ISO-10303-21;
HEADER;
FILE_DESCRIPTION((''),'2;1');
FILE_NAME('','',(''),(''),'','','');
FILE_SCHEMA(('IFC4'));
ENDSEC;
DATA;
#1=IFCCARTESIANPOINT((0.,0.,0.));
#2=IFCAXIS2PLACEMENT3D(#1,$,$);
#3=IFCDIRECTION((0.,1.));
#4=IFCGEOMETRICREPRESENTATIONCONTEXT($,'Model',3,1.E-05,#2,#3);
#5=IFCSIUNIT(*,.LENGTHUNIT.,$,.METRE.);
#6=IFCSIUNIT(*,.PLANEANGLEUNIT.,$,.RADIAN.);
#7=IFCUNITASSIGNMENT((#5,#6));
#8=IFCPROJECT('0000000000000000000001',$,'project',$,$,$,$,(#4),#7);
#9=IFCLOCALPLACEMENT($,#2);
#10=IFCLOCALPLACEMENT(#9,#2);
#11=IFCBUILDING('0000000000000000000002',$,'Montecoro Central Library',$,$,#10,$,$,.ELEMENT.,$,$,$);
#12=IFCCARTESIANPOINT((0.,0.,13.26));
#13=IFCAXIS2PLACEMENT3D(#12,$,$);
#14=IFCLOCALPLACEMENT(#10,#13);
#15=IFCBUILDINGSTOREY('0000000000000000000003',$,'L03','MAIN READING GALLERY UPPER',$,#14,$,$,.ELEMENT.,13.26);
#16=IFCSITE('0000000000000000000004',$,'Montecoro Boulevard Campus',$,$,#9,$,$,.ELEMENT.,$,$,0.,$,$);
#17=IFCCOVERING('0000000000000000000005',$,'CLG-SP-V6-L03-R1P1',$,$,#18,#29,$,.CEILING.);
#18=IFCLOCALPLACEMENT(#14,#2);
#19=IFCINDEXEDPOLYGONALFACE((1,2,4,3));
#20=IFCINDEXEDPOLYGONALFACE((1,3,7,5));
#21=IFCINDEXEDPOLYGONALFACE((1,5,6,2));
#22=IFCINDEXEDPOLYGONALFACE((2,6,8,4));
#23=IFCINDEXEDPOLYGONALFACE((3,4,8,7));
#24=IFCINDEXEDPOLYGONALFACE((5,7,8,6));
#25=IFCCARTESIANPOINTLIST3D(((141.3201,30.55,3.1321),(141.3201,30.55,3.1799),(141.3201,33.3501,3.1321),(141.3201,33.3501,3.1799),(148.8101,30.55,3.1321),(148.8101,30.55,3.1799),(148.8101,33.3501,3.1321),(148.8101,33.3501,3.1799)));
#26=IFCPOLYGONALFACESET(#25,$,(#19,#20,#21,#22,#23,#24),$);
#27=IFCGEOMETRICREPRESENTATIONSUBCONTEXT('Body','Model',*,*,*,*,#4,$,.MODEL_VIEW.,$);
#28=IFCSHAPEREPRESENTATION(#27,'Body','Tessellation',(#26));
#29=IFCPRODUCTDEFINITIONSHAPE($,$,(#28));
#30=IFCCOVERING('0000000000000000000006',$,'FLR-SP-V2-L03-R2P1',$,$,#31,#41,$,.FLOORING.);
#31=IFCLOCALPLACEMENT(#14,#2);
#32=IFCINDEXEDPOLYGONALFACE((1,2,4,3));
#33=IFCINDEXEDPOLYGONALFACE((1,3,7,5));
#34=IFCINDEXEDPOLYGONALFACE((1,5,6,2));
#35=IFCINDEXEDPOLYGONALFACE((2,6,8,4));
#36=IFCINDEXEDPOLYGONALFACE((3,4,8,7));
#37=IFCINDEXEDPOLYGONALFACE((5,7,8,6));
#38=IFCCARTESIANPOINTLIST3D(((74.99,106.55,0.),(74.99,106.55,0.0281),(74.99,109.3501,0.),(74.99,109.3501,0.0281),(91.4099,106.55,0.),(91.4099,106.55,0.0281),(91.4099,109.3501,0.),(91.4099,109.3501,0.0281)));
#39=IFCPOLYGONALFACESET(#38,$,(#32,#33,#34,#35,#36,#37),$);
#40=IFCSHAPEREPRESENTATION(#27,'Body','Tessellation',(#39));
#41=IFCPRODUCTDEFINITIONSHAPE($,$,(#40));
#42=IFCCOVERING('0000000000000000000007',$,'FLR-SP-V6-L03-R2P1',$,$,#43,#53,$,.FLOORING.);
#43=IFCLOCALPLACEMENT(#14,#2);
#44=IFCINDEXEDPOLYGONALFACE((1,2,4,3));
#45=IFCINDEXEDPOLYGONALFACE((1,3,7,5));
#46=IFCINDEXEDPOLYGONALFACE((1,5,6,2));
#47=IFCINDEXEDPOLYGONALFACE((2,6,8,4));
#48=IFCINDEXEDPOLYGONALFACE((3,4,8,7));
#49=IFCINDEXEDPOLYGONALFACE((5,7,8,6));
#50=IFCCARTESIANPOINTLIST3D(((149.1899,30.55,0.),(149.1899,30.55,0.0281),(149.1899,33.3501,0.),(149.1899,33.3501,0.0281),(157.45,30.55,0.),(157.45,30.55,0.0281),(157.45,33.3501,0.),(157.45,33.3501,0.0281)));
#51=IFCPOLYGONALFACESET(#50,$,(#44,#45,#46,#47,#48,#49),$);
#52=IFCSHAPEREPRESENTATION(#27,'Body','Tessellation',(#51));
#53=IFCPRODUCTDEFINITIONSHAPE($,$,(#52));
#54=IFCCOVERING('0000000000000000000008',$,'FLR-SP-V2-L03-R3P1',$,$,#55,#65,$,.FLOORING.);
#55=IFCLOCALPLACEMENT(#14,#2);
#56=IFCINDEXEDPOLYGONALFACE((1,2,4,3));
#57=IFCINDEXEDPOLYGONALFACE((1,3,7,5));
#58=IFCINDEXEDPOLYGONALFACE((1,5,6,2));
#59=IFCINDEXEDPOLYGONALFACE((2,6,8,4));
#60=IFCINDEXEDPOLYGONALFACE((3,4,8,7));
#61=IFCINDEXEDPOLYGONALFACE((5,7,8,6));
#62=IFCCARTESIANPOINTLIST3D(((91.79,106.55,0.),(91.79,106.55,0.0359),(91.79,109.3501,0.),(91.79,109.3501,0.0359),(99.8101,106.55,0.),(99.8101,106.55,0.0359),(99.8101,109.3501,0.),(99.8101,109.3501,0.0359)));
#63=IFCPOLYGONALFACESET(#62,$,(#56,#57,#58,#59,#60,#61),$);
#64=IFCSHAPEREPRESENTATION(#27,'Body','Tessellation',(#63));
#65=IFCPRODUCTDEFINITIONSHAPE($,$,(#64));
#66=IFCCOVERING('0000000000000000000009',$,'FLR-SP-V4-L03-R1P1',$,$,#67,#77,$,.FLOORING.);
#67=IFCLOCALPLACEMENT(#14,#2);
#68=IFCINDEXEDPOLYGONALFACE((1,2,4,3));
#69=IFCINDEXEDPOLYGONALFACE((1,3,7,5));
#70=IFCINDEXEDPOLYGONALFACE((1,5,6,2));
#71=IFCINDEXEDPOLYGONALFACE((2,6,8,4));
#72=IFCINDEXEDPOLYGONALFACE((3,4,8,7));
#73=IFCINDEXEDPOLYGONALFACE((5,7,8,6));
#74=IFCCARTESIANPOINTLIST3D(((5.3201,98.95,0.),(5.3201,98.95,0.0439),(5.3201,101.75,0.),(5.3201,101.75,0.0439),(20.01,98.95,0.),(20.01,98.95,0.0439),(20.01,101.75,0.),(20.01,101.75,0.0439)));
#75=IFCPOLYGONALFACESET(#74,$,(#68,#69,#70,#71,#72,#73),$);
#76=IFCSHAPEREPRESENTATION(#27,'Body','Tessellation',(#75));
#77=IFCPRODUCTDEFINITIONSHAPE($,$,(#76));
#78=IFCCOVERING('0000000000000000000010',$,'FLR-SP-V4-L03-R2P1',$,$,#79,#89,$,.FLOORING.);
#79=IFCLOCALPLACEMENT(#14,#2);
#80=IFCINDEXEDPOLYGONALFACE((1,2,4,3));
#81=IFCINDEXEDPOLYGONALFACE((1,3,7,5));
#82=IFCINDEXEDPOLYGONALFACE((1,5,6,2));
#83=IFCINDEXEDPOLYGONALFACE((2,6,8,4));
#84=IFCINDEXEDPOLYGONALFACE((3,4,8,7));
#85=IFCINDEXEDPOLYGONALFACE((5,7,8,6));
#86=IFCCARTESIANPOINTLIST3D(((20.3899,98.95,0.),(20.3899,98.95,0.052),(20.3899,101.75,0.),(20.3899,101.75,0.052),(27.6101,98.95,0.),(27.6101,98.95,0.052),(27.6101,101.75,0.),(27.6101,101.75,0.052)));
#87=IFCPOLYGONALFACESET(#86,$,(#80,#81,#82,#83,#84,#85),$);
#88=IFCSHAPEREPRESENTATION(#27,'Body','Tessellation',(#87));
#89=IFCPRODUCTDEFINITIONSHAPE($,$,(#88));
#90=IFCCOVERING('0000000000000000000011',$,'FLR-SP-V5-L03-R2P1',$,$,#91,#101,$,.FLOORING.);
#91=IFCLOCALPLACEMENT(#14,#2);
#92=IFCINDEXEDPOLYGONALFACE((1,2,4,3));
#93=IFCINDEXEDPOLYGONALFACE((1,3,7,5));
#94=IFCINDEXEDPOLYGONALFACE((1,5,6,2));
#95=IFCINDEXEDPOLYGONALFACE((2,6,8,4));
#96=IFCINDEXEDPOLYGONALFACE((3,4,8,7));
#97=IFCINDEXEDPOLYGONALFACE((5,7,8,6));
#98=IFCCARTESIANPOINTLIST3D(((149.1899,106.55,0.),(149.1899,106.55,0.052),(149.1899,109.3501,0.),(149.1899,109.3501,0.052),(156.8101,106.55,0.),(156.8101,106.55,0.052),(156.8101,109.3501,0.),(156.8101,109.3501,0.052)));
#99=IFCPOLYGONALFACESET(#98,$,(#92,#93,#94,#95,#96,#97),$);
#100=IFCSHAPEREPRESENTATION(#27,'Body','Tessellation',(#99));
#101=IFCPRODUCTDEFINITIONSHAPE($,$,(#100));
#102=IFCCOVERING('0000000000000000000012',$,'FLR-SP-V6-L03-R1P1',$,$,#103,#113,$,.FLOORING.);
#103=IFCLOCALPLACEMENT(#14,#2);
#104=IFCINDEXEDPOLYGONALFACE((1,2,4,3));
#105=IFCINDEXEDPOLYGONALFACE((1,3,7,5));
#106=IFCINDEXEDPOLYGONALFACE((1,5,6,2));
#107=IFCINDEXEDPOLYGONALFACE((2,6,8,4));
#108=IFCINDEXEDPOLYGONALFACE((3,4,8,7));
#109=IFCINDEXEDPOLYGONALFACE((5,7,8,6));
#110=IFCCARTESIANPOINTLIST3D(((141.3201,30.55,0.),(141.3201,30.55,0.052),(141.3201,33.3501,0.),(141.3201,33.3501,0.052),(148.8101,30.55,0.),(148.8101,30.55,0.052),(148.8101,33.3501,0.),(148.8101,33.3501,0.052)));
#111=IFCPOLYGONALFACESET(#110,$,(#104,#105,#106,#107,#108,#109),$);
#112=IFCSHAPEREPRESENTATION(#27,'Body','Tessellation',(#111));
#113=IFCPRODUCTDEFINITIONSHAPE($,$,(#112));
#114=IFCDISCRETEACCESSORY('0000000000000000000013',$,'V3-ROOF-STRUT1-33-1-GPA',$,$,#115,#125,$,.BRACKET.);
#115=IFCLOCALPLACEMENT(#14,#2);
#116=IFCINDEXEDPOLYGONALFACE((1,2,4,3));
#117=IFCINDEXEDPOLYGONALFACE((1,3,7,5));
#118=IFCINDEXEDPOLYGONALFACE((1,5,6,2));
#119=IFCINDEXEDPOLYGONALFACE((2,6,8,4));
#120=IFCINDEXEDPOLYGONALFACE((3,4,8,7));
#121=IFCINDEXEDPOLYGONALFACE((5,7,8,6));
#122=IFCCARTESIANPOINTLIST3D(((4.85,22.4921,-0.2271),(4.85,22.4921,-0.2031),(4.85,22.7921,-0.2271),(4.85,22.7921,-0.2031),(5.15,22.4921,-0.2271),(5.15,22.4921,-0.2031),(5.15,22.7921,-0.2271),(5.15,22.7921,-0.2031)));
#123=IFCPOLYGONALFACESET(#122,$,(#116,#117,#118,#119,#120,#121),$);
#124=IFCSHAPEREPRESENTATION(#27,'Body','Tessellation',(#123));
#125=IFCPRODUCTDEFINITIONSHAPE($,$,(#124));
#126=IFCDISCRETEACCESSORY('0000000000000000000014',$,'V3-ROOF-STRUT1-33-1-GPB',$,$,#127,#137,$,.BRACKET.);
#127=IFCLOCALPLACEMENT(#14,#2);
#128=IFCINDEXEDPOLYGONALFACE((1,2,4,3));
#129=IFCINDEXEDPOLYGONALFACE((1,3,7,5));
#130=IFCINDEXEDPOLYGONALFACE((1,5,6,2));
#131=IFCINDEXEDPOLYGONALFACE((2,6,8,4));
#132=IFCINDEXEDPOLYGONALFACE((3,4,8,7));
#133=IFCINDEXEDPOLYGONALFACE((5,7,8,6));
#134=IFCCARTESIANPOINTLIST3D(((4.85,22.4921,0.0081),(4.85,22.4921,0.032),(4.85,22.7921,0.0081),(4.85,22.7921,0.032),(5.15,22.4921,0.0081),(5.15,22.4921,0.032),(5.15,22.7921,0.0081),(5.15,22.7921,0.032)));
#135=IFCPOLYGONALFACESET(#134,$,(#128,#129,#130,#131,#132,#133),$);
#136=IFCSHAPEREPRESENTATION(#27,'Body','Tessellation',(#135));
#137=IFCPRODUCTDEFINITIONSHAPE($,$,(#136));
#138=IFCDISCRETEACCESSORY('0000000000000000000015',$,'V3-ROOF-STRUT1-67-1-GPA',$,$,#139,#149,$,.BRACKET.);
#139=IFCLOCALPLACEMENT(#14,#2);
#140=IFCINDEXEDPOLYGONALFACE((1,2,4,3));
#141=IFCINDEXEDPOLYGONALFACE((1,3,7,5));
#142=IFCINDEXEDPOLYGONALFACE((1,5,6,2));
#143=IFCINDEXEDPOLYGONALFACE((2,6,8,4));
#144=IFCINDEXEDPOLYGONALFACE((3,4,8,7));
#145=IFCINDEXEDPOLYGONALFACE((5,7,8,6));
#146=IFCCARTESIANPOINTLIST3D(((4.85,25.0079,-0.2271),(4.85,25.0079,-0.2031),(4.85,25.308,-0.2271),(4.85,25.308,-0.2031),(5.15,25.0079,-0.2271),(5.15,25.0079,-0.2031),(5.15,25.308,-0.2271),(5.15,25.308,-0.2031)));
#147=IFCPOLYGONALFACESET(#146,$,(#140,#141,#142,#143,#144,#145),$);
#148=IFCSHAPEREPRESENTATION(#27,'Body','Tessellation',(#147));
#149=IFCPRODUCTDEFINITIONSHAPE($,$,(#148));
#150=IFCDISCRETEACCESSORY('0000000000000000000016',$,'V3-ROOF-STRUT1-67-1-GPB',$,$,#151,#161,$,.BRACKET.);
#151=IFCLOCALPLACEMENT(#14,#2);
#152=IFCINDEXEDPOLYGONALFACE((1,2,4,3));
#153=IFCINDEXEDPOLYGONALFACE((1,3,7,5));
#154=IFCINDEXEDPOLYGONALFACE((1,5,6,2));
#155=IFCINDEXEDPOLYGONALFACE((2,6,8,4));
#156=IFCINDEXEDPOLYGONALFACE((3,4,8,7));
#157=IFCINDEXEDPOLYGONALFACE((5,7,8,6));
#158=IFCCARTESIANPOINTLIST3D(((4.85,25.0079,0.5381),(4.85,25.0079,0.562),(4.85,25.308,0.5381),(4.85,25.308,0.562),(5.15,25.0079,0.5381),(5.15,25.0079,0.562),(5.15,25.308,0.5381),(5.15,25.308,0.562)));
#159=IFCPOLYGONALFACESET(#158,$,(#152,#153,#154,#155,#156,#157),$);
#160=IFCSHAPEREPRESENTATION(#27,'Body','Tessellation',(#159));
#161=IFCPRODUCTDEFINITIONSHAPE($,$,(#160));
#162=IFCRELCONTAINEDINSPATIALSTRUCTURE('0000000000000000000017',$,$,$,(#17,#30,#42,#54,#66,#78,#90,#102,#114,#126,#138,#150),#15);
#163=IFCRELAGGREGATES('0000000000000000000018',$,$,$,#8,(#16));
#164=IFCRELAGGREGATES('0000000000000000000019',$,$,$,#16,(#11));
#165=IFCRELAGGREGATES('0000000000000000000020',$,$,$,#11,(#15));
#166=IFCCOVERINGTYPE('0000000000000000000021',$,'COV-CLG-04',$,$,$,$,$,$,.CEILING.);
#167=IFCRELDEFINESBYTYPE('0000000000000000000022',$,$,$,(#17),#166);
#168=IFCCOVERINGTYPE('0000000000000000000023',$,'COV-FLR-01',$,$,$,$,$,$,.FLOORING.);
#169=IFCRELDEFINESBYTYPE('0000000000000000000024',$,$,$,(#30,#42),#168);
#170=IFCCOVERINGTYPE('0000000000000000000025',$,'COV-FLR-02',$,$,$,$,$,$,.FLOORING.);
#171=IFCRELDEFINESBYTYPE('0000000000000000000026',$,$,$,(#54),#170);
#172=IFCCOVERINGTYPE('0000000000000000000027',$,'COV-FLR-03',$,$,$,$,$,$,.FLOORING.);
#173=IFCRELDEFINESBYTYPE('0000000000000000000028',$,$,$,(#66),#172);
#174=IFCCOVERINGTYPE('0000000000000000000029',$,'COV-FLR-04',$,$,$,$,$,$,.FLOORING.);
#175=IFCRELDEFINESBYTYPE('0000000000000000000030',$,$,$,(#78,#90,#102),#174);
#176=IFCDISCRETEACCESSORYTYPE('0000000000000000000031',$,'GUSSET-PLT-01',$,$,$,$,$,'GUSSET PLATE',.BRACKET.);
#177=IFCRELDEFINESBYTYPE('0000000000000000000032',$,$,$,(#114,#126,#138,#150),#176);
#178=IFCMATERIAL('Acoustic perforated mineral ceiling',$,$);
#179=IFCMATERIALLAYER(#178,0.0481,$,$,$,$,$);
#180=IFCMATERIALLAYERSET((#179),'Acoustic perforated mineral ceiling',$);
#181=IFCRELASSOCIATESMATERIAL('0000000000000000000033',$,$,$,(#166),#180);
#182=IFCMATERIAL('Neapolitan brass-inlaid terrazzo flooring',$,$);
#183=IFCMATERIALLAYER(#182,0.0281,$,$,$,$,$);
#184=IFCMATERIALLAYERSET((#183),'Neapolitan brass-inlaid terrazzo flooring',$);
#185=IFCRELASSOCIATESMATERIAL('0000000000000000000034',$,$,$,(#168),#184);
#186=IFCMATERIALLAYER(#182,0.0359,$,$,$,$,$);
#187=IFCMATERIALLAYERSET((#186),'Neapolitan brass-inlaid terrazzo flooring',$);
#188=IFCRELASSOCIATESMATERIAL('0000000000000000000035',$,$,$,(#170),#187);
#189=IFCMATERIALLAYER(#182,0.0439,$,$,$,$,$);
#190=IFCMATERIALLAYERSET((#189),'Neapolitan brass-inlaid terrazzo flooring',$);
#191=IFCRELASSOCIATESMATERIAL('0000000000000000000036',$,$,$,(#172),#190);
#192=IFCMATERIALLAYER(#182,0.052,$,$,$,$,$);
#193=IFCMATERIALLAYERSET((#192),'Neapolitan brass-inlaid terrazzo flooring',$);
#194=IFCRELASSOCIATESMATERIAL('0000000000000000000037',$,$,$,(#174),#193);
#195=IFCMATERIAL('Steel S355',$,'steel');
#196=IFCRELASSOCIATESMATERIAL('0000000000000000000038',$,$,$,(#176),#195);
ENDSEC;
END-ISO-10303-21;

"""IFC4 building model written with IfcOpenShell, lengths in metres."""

from ifc_helpers import new_model, si_unit, direction, frame, origin, origin_2d, place, context, subcontext, project, spatial, polyline, rectangle, outline, extrude, material, layer, layer_set, type_object, element, save


model = new_model("IFC4")

# Units and contexts
model_context = context("Model", 3, precision=1e-05, world=origin(), true_north=direction((0.0, 1.0)))
body_context = subcontext(model_context, "Body", "Model", "MODEL_VIEW")
ifc_project = project(units=[si_unit("LENGTHUNIT", "METRE"), si_unit("PLANEANGLEUNIT", "RADIAN")], contexts=[model_context])

# Site, building, storey
site_placement = place(None, origin())
site = spatial("IfcSite", under=ifc_project, at=site_placement, Name="Montecoro Boulevard Campus", CompositionType="ELEMENT", RefElevation=0.0)
building_placement = place(site_placement, origin())
building = spatial("IfcBuilding", under=site, at=building_placement, Name="Montecoro Central Library", CompositionType="ELEMENT")
storey_placement = place(building_placement, frame((0.0, 0.0, 13.26)))
storey = spatial("IfcBuildingStorey", under=building, at=storey_placement, Name="L03", Description="MAIN READING GALLERY UPPER", CompositionType="ELEMENT", Elevation=13.26)

# Shared definitions
ifc_material_1 = material(Name="Steel S355", Category="steel")

# Coverings
ifc_material_2 = material(Name="Acoustic perforated mineral ceiling")
ifc_layer_1 = layer(ifc_material_2, 0.0481)
ifc_layer_set_1 = layer_set([ifc_layer_1], Name="Acoustic perforated mineral ceiling")
covering_type_1 = type_object("IfcCoveringType", Name="COV-CLG-04", PredefinedType="CEILING", material=ifc_layer_set_1)
covering_1_placement = place(storey_placement, frame((0.0, 0.0, 3.1321)))
element("IfcCovering", 1, at=covering_1_placement, inside=storey, type_object=covering_type_1, Name="CLG-SP-V6-L03-R1P1", PredefinedType="CEILING", context=body_context, shape_type="SweptSolid", body=[
    extrude(outline(polyline([(141.3201, 30.55), (148.8101, 30.55), (148.8101, 33.3501), (141.3201, 33.3501), (141.3201, 30.55)])), origin(), (0.0, 0.0, 1.0), 0.0479),
])
ifc_material_3 = material(Name="Neapolitan brass-inlaid terrazzo flooring")
ifc_layer_2 = layer(ifc_material_3, 0.0281)
ifc_layer_set_2 = layer_set([ifc_layer_2], Name="Neapolitan brass-inlaid terrazzo flooring")
covering_type_2 = type_object("IfcCoveringType", Name="COV-FLR-01", PredefinedType="FLOORING", material=ifc_layer_set_2)
covering_2_placement = place(storey_placement, origin())
element("IfcCovering", 2, at=covering_2_placement, inside=storey, type_object=covering_type_2, Name="FLR-SP-V2-L03-R2P1", PredefinedType="FLOORING", context=body_context, shape_type="SweptSolid", body=[
    extrude(outline(polyline([(74.99, 106.55), (91.4099, 106.55), (91.4099, 109.3501), (74.99, 109.3501), (74.99, 106.55)])), origin(), (0.0, 0.0, 1.0), 0.0281),
])
covering_3_placement = place(storey_placement, origin())
element("IfcCovering", 3, at=covering_3_placement, inside=storey, type_object=covering_type_2, Name="FLR-SP-V6-L03-R2P1", PredefinedType="FLOORING", context=body_context, shape_type="SweptSolid", body=[
    extrude(outline(polyline([(149.1899, 30.55), (157.45, 30.55), (157.45, 33.3501), (149.1899, 33.3501), (149.1899, 30.55)])), origin(), (0.0, 0.0, 1.0), 0.0281),
])
ifc_layer_3 = layer(ifc_material_3, 0.0359)
ifc_layer_set_3 = layer_set([ifc_layer_3], Name="Neapolitan brass-inlaid terrazzo flooring")
covering_type_3 = type_object("IfcCoveringType", Name="COV-FLR-02", PredefinedType="FLOORING", material=ifc_layer_set_3)
covering_4_placement = place(storey_placement, origin())
element("IfcCovering", 4, at=covering_4_placement, inside=storey, type_object=covering_type_3, Name="FLR-SP-V2-L03-R3P1", PredefinedType="FLOORING", context=body_context, shape_type="SweptSolid", body=[
    extrude(outline(polyline([(91.79, 106.55), (99.8101, 106.55), (99.8101, 109.3501), (91.79, 109.3501), (91.79, 106.55)])), origin(), (0.0, 0.0, 1.0), 0.0359),
])
ifc_layer_4 = layer(ifc_material_3, 0.0439)
ifc_layer_set_4 = layer_set([ifc_layer_4], Name="Neapolitan brass-inlaid terrazzo flooring")
covering_type_4 = type_object("IfcCoveringType", Name="COV-FLR-03", PredefinedType="FLOORING", material=ifc_layer_set_4)
covering_5_placement = place(storey_placement, origin())
element("IfcCovering", 5, at=covering_5_placement, inside=storey, type_object=covering_type_4, Name="FLR-SP-V4-L03-R1P1", PredefinedType="FLOORING", context=body_context, shape_type="SweptSolid", body=[
    extrude(outline(polyline([(5.3201, 98.95), (20.01, 98.95), (20.01, 101.75), (5.3201, 101.75), (5.3201, 98.95)])), origin(), (0.0, 0.0, 1.0), 0.0439),
])
ifc_layer_5 = layer(ifc_material_3, 0.052)
ifc_layer_set_5 = layer_set([ifc_layer_5], Name="Neapolitan brass-inlaid terrazzo flooring")
covering_type_5 = type_object("IfcCoveringType", Name="COV-FLR-04", PredefinedType="FLOORING", material=ifc_layer_set_5)
covering_6_placement = place(storey_placement, origin())
element("IfcCovering", 6, at=covering_6_placement, inside=storey, type_object=covering_type_5, Name="FLR-SP-V4-L03-R2P1", PredefinedType="FLOORING", context=body_context, shape_type="SweptSolid", body=[
    extrude(outline(polyline([(20.3899, 98.95), (27.6101, 98.95), (27.6101, 101.75), (20.3899, 101.75), (20.3899, 98.95)])), origin(), (0.0, 0.0, 1.0), 0.052),
])
covering_7_placement = place(storey_placement, origin())
element("IfcCovering", 7, at=covering_7_placement, inside=storey, type_object=covering_type_5, Name="FLR-SP-V5-L03-R2P1", PredefinedType="FLOORING", context=body_context, shape_type="SweptSolid", body=[
    extrude(outline(polyline([(149.1899, 106.55), (156.8101, 106.55), (156.8101, 109.3501), (149.1899, 109.3501), (149.1899, 106.55)])), origin(), (0.0, 0.0, 1.0), 0.052),
])
covering_8_placement = place(storey_placement, origin())
element("IfcCovering", 8, at=covering_8_placement, inside=storey, type_object=covering_type_5, Name="FLR-SP-V6-L03-R1P1", PredefinedType="FLOORING", context=body_context, shape_type="SweptSolid", body=[
    extrude(outline(polyline([(141.3201, 30.55), (148.8101, 30.55), (148.8101, 33.3501), (141.3201, 33.3501), (141.3201, 30.55)])), origin(), (0.0, 0.0, 1.0), 0.052),
])

# Discrete accessories
discrete_accessory_type = type_object("IfcDiscreteAccessoryType", Name="GUSSET-PLT-01", ElementType="GUSSET PLATE", PredefinedType="BRACKET", material=ifc_material_1)
for number, where, z_axis, x_axis, name in (
    (9, (5.0, 22.6421, -0.2271), (0.0, 0.0, 1.0), (1.0, 0.0, 0.0), "V3-ROOF-STRUT1-33-1-GPA"),
    (10, (5.0, 22.6421, 0.0081), (0.0, 0.0, 1.0), (1.0, 0.0, 0.0), "V3-ROOF-STRUT1-33-1-GPB"),
    (11, (5.0, 25.158, -0.2271), (0.0, 0.0, 1.0), (1.0, 0.0, 0.0), "V3-ROOF-STRUT1-67-1-GPA"),
    (12, (5.0, 25.158, 0.5381), (0.0, 0.0, 1.0), (1.0, 0.0, 0.0), "V3-ROOF-STRUT1-67-1-GPB"),
):
    element("IfcDiscreteAccessory", number, at=place(storey_placement, frame(where, z_axis=z_axis, x_axis=x_axis)), inside=storey, type_object=discrete_accessory_type, Name=name, PredefinedType="BRACKET", context=body_context, shape_type="SweptSolid", body=[
        extrude(rectangle(XDim=0.3, YDim=0.3, at=origin_2d()), origin(), (0.0, 0.0, 1.0), 0.0239),
    ])

save(model, "model.ifc")
